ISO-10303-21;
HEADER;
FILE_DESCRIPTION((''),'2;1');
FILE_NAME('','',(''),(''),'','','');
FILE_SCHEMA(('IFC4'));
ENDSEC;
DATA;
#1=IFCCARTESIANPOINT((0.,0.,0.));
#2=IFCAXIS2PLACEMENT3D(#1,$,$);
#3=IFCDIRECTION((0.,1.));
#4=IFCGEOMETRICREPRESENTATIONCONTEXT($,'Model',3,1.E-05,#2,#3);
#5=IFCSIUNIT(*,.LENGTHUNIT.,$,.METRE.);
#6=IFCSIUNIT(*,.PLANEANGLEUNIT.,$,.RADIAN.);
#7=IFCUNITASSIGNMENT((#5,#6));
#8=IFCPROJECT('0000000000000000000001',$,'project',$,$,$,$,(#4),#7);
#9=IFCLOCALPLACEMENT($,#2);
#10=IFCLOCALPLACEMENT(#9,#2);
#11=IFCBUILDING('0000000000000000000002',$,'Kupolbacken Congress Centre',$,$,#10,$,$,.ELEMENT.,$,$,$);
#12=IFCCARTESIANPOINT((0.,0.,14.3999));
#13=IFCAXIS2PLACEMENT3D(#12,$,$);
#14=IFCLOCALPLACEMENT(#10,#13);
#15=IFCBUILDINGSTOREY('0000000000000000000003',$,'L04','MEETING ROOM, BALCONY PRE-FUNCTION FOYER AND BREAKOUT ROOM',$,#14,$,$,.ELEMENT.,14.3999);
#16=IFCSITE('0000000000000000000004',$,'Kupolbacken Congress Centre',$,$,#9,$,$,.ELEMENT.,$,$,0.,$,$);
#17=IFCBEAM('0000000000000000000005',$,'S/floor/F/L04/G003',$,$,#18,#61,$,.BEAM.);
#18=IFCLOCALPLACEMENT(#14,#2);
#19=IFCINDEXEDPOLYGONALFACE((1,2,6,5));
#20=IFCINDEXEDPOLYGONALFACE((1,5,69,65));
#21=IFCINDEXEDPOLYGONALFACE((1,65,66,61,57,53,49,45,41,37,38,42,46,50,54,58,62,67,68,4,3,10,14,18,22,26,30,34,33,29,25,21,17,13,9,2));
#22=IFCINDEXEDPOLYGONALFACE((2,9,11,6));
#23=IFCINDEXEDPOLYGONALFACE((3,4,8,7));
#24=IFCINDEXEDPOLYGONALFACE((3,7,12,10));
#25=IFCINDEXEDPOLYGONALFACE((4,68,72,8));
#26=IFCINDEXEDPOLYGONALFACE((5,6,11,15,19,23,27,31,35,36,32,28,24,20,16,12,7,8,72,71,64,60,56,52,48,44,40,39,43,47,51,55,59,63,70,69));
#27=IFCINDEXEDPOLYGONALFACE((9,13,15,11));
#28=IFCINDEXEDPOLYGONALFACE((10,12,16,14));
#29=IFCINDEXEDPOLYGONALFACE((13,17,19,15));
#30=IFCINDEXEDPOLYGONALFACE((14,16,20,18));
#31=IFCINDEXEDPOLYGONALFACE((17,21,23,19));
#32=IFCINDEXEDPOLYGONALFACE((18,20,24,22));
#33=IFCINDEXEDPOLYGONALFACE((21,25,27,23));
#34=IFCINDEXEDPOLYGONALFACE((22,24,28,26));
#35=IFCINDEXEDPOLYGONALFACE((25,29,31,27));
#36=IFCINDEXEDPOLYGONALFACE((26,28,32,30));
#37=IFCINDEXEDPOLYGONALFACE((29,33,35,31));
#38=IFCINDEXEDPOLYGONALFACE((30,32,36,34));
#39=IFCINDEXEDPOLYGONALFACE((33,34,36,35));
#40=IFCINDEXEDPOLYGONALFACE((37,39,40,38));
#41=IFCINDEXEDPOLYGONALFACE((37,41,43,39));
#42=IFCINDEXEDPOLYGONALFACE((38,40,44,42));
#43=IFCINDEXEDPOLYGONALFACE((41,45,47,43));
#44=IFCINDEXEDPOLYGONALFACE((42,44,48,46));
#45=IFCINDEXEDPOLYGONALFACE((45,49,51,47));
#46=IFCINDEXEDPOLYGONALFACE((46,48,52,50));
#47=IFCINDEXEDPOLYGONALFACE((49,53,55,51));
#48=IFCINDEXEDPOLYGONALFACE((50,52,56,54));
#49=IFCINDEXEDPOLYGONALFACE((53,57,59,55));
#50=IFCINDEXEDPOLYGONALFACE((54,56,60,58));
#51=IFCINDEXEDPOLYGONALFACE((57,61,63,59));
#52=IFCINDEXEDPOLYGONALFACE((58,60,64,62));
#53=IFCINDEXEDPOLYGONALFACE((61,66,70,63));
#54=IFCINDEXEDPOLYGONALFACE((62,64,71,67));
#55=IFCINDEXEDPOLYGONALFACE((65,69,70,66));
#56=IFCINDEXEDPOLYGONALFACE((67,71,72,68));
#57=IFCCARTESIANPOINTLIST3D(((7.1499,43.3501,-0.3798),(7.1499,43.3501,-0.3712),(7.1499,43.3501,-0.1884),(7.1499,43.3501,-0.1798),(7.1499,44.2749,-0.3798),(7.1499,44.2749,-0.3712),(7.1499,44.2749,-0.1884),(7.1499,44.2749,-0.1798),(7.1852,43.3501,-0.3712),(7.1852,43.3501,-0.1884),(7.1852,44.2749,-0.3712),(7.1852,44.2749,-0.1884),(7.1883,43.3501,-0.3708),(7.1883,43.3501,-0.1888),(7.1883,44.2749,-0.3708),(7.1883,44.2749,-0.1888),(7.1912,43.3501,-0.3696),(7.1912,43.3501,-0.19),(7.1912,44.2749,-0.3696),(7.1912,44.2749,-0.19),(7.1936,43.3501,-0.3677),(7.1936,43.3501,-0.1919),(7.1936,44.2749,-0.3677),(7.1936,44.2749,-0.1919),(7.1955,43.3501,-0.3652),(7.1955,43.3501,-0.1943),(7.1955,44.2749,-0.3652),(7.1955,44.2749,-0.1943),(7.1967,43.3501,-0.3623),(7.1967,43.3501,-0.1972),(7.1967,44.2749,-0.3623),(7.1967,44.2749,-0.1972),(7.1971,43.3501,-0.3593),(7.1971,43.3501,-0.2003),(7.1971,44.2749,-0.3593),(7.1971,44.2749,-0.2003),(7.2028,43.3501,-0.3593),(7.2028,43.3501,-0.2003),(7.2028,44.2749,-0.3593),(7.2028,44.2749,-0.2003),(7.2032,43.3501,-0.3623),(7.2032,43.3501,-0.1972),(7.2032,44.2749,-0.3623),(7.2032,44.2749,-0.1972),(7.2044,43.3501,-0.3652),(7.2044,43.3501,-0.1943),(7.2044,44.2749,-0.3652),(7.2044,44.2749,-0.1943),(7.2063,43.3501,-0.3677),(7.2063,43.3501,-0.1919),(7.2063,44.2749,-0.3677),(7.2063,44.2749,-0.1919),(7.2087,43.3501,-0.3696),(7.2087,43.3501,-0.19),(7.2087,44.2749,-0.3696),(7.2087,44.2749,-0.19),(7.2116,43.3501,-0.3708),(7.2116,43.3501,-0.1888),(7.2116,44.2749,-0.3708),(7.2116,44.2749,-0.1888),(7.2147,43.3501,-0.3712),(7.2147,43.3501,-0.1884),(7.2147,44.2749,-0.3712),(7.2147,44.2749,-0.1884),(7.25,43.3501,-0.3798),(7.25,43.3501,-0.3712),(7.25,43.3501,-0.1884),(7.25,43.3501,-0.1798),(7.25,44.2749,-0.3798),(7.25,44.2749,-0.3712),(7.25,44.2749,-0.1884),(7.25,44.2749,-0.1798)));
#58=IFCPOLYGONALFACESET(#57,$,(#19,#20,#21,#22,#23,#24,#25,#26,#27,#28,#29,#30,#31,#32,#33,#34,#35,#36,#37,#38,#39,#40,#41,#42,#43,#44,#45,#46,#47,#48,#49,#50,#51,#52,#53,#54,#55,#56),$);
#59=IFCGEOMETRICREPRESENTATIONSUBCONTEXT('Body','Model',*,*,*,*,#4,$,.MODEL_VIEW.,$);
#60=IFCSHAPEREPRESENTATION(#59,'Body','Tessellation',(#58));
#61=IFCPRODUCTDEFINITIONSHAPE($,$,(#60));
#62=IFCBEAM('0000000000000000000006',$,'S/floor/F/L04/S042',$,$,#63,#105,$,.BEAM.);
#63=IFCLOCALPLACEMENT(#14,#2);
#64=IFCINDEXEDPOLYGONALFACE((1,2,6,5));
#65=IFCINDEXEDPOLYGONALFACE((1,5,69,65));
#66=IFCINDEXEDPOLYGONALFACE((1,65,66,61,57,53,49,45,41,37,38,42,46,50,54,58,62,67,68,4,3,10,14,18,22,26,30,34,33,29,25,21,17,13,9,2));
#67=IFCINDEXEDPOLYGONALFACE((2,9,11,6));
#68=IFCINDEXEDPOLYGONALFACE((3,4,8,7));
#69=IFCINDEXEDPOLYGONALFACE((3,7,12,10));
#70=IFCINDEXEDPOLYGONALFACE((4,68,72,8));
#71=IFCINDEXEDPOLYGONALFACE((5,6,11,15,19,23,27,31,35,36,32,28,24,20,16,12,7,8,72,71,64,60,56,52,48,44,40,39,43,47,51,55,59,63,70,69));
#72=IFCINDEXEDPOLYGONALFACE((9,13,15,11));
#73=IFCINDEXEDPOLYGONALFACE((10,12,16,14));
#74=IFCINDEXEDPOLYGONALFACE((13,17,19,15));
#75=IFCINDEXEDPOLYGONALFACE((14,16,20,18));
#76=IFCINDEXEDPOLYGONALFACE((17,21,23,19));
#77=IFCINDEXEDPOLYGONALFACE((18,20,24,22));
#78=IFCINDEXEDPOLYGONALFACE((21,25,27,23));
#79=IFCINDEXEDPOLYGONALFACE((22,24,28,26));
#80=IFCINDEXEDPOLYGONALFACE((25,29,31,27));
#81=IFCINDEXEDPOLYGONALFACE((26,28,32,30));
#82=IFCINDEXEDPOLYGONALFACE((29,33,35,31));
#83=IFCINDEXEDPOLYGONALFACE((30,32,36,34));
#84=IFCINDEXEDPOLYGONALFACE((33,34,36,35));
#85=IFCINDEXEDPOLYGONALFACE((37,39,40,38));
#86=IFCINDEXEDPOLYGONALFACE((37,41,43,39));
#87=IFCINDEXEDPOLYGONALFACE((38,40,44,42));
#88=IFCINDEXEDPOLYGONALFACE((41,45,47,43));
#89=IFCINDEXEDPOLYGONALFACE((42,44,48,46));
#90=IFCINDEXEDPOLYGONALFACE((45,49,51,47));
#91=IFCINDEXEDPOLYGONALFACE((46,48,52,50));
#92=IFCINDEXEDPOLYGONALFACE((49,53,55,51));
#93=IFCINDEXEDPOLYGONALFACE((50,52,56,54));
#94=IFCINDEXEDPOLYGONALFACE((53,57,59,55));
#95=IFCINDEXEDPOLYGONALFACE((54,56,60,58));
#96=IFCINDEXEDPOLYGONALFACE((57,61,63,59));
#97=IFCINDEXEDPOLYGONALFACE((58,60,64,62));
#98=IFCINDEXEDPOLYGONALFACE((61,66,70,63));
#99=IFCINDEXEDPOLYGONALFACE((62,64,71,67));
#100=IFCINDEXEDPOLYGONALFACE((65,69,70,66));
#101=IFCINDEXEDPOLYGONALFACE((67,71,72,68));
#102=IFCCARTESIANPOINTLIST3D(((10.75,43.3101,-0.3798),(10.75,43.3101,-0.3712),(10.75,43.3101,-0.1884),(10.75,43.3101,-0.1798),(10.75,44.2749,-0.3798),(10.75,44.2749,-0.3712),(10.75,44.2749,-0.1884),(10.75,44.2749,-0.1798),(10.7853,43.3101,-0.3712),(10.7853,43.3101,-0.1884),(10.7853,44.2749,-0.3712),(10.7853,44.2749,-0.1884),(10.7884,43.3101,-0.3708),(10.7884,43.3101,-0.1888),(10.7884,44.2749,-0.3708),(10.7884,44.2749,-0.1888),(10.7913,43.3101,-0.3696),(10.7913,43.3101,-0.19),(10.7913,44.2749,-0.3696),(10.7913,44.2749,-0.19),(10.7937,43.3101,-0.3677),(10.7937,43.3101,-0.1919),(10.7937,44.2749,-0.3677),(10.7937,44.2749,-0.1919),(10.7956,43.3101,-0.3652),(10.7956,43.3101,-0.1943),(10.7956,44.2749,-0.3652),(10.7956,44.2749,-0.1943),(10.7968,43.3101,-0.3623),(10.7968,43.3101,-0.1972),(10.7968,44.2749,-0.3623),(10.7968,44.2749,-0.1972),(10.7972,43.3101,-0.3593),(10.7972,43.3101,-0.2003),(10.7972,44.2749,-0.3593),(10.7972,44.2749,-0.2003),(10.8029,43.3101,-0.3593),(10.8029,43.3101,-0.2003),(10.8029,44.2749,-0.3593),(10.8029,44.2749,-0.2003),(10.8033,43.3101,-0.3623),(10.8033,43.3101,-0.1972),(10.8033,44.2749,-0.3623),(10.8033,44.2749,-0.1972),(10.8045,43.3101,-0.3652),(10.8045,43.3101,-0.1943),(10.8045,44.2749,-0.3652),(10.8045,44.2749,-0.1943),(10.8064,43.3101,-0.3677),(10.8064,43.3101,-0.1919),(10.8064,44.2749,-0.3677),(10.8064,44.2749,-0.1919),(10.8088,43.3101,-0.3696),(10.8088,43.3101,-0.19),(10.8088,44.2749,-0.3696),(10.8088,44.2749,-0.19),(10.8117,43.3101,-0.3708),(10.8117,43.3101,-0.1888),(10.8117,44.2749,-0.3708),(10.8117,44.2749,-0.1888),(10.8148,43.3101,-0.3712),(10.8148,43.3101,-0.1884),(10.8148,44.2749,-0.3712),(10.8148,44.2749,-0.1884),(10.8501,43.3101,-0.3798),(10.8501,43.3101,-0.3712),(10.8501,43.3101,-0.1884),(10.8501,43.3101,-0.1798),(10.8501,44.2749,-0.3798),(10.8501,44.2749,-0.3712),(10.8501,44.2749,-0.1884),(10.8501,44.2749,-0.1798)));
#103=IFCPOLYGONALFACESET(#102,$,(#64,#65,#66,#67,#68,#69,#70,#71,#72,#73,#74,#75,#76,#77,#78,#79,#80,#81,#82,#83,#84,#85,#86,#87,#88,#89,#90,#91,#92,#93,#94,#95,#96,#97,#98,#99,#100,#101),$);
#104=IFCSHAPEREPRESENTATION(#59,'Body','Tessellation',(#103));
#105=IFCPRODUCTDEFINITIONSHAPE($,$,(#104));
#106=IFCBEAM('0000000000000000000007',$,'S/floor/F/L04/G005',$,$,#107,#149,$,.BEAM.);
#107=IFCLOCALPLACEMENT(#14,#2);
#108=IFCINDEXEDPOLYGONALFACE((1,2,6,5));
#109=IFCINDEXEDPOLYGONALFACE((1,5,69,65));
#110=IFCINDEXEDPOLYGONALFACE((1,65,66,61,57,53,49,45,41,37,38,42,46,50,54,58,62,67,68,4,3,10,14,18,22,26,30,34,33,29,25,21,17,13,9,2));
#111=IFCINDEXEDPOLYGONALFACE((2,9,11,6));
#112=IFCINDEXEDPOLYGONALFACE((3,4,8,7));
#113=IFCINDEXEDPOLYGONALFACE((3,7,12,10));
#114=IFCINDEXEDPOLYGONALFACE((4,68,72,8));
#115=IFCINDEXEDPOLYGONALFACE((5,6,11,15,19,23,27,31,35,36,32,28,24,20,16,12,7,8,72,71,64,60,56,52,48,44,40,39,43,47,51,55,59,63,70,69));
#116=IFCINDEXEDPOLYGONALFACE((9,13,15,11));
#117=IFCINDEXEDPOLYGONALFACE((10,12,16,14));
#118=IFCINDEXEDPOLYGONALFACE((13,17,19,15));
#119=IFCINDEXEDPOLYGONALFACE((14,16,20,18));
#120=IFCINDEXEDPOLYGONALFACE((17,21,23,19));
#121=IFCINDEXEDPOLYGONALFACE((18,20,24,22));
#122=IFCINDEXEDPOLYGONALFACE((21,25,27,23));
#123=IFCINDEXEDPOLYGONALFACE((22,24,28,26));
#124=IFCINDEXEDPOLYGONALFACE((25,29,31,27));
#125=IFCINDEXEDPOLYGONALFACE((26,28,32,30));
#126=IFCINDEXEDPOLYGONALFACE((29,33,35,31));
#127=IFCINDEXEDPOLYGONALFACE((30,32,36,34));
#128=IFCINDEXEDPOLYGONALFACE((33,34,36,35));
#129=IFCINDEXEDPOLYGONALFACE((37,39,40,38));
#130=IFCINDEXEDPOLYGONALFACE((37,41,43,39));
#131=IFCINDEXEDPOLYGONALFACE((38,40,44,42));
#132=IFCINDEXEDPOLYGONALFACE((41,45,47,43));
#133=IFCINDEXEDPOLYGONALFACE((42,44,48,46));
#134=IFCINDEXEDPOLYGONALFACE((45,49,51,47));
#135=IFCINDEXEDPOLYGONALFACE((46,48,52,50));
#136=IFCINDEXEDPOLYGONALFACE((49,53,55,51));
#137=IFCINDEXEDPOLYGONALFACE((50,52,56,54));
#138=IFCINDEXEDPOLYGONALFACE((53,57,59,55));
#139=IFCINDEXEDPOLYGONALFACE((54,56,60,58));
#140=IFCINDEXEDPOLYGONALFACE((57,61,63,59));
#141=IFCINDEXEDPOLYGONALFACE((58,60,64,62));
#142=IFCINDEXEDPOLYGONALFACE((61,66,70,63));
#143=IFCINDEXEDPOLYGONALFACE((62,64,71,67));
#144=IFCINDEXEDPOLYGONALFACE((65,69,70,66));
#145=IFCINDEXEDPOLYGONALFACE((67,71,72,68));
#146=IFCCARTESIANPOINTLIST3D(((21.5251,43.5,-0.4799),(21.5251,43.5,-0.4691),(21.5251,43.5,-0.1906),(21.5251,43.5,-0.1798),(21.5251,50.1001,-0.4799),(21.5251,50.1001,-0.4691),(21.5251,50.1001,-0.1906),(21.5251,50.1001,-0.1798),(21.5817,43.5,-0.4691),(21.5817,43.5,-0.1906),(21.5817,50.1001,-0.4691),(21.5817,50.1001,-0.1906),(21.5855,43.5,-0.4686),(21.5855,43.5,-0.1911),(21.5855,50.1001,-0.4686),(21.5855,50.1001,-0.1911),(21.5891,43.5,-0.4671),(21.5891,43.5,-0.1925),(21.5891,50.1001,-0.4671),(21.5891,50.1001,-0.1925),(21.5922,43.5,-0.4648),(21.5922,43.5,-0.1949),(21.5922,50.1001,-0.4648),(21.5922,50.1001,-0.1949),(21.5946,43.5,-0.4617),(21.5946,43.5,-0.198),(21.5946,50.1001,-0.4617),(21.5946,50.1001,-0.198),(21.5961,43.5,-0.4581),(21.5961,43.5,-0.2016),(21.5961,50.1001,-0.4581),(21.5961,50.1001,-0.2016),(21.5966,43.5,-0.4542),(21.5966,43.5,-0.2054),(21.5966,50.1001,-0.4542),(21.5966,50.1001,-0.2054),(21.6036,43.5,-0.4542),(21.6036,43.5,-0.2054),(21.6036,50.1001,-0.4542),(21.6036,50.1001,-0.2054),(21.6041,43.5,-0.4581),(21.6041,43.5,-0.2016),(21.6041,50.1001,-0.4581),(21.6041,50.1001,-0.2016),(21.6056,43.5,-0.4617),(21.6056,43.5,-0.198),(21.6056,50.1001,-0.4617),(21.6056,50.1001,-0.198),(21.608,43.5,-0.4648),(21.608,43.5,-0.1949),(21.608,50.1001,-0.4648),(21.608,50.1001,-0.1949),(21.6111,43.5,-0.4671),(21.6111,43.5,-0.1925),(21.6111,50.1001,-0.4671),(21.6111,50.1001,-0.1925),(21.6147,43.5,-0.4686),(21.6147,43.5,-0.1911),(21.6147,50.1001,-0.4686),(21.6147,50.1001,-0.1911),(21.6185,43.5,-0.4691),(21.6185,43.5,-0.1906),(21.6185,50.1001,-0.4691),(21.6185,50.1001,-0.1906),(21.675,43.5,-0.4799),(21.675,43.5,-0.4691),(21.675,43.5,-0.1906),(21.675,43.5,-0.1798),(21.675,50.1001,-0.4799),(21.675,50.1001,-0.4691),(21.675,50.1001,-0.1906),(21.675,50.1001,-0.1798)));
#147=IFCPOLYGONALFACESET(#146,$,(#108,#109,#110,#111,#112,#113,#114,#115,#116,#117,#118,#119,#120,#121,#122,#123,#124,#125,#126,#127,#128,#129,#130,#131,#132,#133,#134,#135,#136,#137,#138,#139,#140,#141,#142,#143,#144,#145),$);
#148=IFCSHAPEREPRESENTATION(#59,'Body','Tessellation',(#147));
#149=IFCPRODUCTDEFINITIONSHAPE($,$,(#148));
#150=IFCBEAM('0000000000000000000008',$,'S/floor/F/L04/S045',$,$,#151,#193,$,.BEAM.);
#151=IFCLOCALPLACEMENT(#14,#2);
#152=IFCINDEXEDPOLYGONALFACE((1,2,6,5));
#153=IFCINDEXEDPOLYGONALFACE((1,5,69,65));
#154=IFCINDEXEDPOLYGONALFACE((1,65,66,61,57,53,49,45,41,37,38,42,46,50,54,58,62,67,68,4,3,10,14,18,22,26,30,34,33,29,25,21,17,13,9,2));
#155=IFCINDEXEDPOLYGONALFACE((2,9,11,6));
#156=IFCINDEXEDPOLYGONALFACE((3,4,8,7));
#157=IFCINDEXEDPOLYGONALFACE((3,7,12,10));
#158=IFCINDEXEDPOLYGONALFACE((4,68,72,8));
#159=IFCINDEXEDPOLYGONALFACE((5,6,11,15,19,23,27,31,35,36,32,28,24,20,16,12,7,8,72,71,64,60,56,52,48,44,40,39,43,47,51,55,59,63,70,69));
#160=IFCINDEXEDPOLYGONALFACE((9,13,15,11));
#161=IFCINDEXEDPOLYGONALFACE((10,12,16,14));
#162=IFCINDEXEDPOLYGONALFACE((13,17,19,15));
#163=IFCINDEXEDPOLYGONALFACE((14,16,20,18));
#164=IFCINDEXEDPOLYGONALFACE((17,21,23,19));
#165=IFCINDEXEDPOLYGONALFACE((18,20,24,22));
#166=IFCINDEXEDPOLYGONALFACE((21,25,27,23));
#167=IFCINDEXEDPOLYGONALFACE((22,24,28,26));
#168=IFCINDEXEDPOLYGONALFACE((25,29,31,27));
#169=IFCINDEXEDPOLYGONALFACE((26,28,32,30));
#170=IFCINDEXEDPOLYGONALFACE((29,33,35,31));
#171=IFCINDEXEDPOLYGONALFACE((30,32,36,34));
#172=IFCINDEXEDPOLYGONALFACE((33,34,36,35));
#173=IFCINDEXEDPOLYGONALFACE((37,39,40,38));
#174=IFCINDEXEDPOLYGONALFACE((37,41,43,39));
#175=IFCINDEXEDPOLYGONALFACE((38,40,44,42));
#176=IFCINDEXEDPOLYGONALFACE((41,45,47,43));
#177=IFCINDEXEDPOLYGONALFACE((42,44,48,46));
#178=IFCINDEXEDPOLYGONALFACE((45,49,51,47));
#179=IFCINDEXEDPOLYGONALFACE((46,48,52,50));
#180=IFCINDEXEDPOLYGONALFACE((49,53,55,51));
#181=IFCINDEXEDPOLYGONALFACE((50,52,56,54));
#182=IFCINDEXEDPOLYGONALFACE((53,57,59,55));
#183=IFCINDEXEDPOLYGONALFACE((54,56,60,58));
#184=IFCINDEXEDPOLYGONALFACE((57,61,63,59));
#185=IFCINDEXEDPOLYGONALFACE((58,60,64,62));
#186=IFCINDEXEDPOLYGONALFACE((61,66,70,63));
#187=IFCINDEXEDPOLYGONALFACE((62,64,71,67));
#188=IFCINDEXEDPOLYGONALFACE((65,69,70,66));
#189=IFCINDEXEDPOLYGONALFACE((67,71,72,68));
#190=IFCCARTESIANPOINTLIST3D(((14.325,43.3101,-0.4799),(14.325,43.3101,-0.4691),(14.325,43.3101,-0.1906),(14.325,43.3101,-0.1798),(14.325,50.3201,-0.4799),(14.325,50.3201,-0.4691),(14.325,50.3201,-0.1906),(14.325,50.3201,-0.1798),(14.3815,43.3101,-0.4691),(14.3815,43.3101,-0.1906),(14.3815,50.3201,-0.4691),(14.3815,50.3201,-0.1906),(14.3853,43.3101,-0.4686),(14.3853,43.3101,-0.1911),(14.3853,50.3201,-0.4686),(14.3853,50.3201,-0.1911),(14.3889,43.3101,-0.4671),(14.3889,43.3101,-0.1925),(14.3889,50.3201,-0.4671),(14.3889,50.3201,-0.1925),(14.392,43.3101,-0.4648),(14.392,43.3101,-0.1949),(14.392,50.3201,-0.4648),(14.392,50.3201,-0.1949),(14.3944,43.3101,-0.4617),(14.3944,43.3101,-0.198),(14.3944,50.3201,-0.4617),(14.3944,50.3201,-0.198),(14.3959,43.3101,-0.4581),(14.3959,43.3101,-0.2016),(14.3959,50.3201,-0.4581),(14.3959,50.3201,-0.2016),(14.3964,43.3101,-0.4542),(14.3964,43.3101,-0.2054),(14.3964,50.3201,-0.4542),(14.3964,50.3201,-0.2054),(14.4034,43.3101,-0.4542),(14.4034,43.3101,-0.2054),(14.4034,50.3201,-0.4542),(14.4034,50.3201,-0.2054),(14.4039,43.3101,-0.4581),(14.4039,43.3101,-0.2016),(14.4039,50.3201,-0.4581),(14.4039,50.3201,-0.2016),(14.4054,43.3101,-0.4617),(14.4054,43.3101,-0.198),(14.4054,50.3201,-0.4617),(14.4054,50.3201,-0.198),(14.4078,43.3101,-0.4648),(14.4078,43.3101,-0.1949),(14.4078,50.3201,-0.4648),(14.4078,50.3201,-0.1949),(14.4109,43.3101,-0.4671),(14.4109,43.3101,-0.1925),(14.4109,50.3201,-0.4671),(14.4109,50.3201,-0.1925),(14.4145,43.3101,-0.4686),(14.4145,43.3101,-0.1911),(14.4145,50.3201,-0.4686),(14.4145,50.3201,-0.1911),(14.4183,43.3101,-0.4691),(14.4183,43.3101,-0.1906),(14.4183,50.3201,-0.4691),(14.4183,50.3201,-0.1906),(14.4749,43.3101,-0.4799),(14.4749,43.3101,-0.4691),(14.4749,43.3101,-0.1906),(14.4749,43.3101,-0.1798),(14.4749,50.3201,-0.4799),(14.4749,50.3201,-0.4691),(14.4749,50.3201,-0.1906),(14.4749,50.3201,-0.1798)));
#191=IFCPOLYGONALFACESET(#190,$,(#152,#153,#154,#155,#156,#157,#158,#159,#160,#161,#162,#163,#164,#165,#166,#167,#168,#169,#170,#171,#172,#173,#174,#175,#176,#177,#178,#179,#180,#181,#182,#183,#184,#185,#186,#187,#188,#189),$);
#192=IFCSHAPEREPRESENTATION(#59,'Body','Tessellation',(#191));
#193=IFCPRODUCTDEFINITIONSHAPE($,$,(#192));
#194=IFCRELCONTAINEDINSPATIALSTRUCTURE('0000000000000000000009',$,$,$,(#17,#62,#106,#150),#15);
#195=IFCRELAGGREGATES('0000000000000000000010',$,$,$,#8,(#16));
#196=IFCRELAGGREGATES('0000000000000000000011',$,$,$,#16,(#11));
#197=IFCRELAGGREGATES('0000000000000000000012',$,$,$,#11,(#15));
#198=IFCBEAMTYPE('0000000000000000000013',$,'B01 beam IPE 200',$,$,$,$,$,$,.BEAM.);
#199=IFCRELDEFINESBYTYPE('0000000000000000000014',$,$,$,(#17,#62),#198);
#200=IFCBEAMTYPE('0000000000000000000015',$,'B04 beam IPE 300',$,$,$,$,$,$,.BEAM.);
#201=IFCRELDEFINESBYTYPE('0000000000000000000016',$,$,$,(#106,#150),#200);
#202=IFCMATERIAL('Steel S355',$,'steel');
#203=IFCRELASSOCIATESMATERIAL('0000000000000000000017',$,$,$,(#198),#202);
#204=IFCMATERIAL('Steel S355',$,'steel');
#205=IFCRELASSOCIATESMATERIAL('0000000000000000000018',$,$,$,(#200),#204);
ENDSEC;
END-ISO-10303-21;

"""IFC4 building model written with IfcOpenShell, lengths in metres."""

from ifc_helpers import new_model, si_unit, direction, frame, origin, origin_2d, place, context, subcontext, project, spatial, i_section, extrude, material, material_profile, profile_set, type_object, element, save


model = new_model("IFC4")

# Units and contexts
model_context = context("Model", 3, precision=1e-05, world=origin(), true_north=direction((0.0, 1.0)))
body_context = subcontext(model_context, "Body", "Model", "MODEL_VIEW")
ifc_project = project(units=[si_unit("LENGTHUNIT", "METRE"), si_unit("PLANEANGLEUNIT", "RADIAN")], contexts=[model_context])

# Site, building, storey
site_placement = place(None, origin())
site = spatial("IfcSite", under=ifc_project, at=site_placement, Name="Kupolbacken Congress Centre", CompositionType="ELEMENT", RefElevation=0.0)
building_placement = place(site_placement, origin())
building = spatial("IfcBuilding", under=site, at=building_placement, Name="Kupolbacken Congress Centre", CompositionType="ELEMENT")
storey_placement = place(building_placement, frame((0.0, 0.0, 14.3999)))
storey = spatial("IfcBuildingStorey", under=building, at=storey_placement, Name="L04", Description="MEETING ROOM, BALCONY PRE-FUNCTION FOYER AND BREAKOUT ROOM", CompositionType="ELEMENT", Elevation=14.3999)

# Beams
ifc_material_1 = material(Name="Steel S355", Category="steel")
ifc_material_profile_1 = material_profile(ifc_material_1, i_section(OverallWidth=0.1001, OverallDepth=0.2, WebThickness=0.0056, FlangeThickness=0.0085, FilletRadius=0.012, at=origin_2d()), Name="IPE 200")
ifc_profile_set_1 = profile_set([ifc_material_profile_1], Name="Steel S355")
beam_type_1 = type_object("IfcBeamType", Name="B01 beam IPE 200", PredefinedType="BEAM", material=ifc_profile_set_1)
beam_1_placement = place(storey_placement, frame((7.2, 43.3501, -0.2798), z_axis=(0.0, 1.0, 0.0), x_axis=(-1.0, 0.0, 0.0)))
element("IfcBeam", 1, at=beam_1_placement, inside=storey, type_object=beam_type_1, Name="S/floor/F/L04/G003", PredefinedType="BEAM", context=body_context, shape_type="SweptSolid", body=[
    extrude(i_section(OverallWidth=0.1001, OverallDepth=0.2, WebThickness=0.0056, FlangeThickness=0.0085, FilletRadius=0.012, at=origin_2d()), origin(), (0.0, 0.0, 1.0), 0.9248),
])
beam_2_placement = place(storey_placement, frame((10.8, 43.3101, -0.2798), z_axis=(0.0, 1.0, 0.0), x_axis=(-1.0, 0.0, 0.0)))
element("IfcBeam", 2, at=beam_2_placement, inside=storey, type_object=beam_type_1, Name="S/floor/F/L04/S042", PredefinedType="BEAM", context=body_context, shape_type="SweptSolid", body=[
    extrude(i_section(OverallWidth=0.1001, OverallDepth=0.2, WebThickness=0.0056, FlangeThickness=0.0085, FilletRadius=0.012, at=origin_2d()), origin(), (0.0, 0.0, 1.0), 0.9648),
])
ifc_material_2 = material(Name="Steel S355", Category="steel")
ifc_material_profile_2 = material_profile(ifc_material_2, i_section(OverallWidth=0.1499, OverallDepth=0.3, WebThickness=0.0071, FlangeThickness=0.0107, FilletRadius=0.0149, at=origin_2d()), Name="IPE 300")
ifc_profile_set_2 = profile_set([ifc_material_profile_2], Name="Steel S355")
beam_type_2 = type_object("IfcBeamType", Name="B04 beam IPE 300", PredefinedType="BEAM", material=ifc_profile_set_2)
beam_3_placement = place(storey_placement, frame((21.6001, 43.5, -0.3298), z_axis=(0.0, 1.0, 0.0), x_axis=(-1.0, 0.0, 0.0)))
element("IfcBeam", 3, at=beam_3_placement, inside=storey, type_object=beam_type_2, Name="S/floor/F/L04/G005", PredefinedType="BEAM", context=body_context, shape_type="SweptSolid", body=[
    extrude(i_section(OverallWidth=0.1499, OverallDepth=0.3, WebThickness=0.0071, FlangeThickness=0.0107, FilletRadius=0.0149, at=origin_2d()), origin(), (0.0, 0.0, 1.0), 6.6001),
])
for number, where, z_axis, x_axis, name in (
    (4, (14.3999, 43.3101, -0.3298), (0.0, 1.0, 0.0), (-1.0, 0.0, 0.0), "S/floor/F/L04/S045"),
):
    element("IfcBeam", number, at=place(storey_placement, frame(where, z_axis=z_axis, x_axis=x_axis)), inside=storey, type_object=beam_type_2, Name=name, PredefinedType="BEAM", context=body_context, shape_type="SweptSolid", body=[
        extrude(i_section(OverallWidth=0.1499, OverallDepth=0.3, WebThickness=0.0071, FlangeThickness=0.0107, FilletRadius=0.0149, at=origin_2d()), origin(), (0.0, 0.0, 1.0), 7.01),
    ])

save(model, "model.ifc")
